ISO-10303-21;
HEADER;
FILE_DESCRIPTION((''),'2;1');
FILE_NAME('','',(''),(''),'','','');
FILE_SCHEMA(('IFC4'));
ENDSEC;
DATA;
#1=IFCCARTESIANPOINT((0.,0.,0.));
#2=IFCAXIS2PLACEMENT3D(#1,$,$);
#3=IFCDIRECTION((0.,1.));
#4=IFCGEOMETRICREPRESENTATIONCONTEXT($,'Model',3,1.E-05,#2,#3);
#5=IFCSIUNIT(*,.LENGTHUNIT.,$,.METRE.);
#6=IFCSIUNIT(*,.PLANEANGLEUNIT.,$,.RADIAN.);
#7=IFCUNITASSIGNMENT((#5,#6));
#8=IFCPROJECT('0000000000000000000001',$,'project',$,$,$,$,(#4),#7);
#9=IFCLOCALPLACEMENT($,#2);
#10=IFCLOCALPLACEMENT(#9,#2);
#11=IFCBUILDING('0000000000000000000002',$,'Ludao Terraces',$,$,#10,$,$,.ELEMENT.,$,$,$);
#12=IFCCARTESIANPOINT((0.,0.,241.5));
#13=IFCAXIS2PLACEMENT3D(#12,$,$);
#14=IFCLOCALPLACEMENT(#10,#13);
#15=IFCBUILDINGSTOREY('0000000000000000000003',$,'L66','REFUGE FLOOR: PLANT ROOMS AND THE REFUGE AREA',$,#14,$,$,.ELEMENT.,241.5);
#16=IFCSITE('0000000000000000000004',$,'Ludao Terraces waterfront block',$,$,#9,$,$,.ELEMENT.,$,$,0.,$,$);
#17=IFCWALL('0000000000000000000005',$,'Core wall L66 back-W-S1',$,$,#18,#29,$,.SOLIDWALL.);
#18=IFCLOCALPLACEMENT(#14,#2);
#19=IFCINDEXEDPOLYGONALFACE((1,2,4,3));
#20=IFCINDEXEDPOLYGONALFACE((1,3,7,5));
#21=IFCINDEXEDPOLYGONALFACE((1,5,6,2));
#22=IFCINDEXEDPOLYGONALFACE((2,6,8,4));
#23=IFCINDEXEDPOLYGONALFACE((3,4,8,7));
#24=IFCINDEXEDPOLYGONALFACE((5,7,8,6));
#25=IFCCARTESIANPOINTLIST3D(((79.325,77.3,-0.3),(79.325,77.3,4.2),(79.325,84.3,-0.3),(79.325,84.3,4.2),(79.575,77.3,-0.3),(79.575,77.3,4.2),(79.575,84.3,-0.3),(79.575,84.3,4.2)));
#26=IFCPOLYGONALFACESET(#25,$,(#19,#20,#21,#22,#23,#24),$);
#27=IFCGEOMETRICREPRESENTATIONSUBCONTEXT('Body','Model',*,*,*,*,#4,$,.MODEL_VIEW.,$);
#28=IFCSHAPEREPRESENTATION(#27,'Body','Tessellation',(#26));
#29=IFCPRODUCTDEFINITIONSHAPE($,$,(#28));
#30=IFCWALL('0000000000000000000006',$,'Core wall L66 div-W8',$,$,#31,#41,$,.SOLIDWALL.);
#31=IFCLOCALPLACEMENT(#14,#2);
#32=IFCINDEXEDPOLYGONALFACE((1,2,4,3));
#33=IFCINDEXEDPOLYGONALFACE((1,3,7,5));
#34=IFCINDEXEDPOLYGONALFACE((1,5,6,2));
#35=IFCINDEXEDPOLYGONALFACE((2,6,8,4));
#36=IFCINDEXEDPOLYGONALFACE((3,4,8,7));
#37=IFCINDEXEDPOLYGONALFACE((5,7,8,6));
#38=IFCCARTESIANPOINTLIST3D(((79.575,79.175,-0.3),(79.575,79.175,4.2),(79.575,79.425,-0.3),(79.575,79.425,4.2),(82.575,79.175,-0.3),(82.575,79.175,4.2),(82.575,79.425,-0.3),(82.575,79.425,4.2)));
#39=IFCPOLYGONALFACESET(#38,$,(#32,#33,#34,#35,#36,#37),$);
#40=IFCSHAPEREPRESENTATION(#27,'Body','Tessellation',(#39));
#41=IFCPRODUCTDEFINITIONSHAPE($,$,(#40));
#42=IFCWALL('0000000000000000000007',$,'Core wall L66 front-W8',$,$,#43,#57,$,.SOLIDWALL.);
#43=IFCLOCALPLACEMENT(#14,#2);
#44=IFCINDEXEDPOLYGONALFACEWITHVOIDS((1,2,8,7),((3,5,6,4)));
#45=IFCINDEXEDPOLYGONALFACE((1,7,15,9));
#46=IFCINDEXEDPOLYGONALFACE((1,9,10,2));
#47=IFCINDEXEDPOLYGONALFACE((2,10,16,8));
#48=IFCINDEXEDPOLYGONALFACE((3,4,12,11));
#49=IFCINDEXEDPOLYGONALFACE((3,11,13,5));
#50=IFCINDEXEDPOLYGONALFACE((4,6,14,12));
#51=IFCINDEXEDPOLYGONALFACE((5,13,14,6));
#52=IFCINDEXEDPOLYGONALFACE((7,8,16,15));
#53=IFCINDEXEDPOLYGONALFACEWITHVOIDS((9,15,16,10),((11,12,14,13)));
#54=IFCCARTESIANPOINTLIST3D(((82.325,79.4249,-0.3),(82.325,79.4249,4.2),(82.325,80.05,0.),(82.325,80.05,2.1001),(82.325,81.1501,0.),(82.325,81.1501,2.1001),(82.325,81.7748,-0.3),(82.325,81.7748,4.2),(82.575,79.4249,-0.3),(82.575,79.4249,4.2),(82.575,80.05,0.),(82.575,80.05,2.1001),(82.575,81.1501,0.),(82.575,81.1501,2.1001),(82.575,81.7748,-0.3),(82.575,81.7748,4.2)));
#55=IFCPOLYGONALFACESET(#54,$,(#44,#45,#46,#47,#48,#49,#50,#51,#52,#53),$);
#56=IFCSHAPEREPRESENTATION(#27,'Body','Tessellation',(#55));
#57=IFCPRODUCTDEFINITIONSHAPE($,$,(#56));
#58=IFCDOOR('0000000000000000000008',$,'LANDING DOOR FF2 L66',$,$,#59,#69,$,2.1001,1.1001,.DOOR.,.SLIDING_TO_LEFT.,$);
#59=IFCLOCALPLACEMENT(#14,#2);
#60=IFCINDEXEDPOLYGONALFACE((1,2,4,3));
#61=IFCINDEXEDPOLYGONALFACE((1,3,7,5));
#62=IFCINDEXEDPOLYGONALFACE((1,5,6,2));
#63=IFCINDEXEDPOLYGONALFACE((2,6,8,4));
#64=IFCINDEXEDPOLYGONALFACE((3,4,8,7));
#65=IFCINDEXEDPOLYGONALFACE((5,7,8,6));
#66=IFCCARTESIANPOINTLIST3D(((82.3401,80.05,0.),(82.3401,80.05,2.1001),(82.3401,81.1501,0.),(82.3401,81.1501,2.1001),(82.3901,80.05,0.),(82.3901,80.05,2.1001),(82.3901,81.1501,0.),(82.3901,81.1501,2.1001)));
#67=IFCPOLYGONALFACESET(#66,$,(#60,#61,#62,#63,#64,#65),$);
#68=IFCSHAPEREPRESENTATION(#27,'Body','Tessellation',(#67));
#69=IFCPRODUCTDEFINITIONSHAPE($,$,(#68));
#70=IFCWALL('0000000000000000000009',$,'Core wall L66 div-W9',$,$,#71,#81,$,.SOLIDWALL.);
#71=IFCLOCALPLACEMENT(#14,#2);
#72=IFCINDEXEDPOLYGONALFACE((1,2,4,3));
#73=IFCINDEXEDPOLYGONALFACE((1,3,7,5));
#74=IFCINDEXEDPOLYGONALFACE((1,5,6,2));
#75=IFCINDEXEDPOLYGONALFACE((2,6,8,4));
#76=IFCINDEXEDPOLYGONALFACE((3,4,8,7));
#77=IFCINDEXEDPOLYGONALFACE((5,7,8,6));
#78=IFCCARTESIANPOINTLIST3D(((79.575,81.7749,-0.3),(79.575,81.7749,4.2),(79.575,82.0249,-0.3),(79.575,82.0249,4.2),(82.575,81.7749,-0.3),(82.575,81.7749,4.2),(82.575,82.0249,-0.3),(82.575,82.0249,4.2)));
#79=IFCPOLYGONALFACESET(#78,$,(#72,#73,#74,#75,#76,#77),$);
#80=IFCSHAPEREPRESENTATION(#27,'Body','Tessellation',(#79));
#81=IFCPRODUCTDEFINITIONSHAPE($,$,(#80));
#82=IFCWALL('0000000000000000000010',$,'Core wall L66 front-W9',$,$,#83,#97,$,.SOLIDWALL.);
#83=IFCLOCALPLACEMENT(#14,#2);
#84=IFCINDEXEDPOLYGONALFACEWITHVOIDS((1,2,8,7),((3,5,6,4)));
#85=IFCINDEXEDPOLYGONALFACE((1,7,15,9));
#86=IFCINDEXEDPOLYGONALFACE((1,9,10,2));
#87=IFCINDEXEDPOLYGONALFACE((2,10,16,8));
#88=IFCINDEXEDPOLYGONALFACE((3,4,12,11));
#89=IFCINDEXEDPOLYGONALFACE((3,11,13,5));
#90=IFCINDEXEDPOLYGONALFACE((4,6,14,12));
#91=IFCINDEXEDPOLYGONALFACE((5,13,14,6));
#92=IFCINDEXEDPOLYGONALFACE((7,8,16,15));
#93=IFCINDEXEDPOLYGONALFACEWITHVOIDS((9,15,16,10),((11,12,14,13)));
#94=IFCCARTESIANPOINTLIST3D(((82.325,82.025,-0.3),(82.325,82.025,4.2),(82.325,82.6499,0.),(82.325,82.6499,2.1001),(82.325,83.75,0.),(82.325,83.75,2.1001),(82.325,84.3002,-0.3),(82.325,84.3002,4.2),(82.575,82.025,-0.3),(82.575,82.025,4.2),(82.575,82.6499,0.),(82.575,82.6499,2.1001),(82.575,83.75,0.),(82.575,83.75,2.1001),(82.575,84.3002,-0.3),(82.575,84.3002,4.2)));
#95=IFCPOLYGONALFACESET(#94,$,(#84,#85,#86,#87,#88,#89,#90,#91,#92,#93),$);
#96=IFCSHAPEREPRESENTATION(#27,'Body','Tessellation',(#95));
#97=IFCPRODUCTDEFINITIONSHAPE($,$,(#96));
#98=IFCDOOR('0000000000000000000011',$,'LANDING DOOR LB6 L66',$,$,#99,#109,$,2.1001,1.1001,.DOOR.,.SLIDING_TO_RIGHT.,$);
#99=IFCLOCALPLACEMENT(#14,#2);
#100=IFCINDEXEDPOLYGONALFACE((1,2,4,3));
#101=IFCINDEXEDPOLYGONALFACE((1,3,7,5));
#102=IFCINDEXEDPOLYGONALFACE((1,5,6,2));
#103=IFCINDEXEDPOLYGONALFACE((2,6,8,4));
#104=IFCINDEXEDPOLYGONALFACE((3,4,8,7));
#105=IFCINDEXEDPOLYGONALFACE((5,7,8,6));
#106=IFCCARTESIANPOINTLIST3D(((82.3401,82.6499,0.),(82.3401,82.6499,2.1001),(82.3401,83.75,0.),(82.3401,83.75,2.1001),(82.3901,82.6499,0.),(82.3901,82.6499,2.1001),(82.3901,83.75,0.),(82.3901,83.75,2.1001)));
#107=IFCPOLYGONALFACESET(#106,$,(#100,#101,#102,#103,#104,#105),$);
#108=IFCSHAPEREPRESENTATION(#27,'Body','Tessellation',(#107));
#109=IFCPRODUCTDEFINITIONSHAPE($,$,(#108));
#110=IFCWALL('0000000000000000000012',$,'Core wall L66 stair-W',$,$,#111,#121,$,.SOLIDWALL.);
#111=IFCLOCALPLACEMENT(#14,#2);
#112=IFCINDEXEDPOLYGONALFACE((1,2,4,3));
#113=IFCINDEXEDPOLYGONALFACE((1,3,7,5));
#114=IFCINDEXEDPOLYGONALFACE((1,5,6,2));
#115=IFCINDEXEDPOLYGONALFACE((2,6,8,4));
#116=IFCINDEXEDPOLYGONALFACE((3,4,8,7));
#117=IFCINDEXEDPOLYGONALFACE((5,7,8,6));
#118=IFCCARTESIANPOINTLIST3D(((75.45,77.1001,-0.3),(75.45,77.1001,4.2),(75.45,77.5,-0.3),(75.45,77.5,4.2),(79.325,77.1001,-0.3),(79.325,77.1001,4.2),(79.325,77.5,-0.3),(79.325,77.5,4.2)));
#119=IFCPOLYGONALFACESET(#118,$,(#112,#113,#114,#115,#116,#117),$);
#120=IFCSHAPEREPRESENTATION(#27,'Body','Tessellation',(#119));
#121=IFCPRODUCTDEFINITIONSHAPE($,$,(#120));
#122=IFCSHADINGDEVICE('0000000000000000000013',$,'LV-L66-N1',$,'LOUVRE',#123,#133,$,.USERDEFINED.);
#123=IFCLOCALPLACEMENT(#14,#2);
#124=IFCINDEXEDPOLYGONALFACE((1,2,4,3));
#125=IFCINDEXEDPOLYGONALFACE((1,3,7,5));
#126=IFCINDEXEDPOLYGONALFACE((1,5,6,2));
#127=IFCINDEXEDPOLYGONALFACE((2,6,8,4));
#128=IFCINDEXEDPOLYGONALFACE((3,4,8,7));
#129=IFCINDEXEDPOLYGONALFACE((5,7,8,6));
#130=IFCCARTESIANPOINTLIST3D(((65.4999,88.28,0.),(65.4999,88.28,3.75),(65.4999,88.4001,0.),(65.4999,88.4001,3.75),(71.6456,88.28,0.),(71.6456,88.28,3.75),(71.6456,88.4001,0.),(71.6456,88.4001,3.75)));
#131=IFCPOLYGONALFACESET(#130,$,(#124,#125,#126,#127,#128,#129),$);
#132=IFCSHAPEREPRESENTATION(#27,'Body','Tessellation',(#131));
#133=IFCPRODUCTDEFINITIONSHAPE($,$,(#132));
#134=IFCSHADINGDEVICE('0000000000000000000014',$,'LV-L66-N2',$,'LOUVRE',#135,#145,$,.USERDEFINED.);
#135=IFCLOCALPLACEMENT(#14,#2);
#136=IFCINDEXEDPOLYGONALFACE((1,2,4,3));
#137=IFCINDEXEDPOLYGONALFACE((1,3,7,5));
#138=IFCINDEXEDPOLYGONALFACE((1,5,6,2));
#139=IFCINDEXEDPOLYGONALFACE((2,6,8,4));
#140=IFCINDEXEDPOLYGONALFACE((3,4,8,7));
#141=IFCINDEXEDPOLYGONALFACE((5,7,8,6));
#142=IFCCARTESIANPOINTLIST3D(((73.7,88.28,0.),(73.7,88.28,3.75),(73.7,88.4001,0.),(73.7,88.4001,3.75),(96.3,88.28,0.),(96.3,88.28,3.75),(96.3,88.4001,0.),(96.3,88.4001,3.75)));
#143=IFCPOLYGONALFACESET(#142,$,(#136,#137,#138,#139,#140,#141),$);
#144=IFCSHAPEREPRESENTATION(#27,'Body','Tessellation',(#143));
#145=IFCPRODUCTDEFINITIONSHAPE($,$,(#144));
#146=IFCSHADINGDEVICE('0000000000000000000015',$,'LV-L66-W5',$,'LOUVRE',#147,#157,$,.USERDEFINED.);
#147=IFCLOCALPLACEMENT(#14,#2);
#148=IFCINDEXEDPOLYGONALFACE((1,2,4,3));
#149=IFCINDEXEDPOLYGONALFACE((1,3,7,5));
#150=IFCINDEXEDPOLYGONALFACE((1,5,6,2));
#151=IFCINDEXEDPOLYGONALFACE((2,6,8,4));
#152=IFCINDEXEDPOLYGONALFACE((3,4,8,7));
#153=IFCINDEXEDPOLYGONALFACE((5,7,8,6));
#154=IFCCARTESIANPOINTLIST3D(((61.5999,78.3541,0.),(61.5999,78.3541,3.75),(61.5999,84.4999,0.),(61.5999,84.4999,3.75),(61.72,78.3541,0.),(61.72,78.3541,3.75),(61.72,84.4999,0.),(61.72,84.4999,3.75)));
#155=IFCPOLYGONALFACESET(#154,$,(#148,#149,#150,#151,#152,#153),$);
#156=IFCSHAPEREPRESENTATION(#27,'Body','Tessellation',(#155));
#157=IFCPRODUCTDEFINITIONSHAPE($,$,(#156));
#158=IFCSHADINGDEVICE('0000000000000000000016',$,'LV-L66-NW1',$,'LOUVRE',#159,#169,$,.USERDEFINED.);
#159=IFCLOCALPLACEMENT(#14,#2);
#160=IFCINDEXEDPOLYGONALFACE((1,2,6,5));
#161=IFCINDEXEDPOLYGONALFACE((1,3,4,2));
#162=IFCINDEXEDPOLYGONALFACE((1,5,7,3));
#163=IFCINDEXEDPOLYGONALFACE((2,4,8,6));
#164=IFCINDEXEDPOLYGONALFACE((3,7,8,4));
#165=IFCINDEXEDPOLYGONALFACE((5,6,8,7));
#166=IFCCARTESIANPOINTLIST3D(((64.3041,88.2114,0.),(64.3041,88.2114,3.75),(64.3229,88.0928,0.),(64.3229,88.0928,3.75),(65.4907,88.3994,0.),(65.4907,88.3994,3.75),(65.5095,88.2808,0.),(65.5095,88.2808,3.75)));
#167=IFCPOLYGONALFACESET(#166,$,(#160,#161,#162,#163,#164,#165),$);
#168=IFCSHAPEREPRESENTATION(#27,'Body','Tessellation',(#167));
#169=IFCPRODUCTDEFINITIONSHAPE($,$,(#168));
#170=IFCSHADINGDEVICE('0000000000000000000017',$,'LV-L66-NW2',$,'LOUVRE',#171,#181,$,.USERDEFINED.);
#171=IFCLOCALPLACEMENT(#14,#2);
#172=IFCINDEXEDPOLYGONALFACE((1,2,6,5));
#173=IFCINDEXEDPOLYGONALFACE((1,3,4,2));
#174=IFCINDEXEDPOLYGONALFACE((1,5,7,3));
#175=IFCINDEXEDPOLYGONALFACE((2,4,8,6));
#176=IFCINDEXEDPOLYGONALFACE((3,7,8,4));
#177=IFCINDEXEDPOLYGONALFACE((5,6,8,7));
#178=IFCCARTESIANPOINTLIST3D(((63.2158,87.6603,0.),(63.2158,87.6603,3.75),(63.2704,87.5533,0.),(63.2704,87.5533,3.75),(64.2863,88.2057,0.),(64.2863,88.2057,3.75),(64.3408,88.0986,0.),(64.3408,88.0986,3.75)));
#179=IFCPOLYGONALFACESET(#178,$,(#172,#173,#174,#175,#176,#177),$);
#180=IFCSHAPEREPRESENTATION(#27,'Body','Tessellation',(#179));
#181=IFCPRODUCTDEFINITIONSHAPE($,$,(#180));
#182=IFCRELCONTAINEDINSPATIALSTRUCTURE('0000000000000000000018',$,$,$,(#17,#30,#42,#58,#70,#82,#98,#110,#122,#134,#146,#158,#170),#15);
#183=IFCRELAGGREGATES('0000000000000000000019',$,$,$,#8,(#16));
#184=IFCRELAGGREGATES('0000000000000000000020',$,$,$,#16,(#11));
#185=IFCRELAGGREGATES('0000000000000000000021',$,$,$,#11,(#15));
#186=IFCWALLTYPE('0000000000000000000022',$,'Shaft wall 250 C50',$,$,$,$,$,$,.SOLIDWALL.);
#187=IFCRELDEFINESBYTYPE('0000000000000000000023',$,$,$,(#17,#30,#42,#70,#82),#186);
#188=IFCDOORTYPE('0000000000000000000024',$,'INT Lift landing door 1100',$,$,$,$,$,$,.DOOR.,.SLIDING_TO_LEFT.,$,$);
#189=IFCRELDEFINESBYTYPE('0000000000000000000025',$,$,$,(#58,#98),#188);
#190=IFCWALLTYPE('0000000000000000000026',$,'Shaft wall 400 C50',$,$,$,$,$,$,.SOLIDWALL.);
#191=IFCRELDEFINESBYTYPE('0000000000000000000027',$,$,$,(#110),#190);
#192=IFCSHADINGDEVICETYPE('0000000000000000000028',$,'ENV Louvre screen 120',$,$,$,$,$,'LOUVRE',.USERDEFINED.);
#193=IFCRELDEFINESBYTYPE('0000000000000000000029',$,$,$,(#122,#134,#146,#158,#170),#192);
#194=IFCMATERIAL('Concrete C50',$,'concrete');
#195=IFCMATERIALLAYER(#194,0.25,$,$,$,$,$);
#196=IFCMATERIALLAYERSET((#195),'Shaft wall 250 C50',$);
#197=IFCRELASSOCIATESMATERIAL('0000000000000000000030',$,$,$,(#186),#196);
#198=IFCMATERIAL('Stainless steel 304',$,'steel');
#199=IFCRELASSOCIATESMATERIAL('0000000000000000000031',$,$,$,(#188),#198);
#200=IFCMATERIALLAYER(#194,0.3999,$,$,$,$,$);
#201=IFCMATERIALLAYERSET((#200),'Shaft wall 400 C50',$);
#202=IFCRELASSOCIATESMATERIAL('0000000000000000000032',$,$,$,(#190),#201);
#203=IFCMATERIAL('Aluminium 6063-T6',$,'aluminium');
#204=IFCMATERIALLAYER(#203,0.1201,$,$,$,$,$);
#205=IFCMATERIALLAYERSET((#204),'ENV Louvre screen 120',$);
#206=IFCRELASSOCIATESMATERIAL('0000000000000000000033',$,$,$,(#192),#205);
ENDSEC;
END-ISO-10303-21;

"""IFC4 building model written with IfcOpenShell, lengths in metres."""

from ifc_helpers import new_model, si_unit, direction, frame, frame_2d, origin, place, context, subcontext, project, spatial, rectangle, extrude, material, layer, layer_set, type_object, element, fill, save


model = new_model("IFC4")

# Units and contexts
model_context = context("Model", 3, precision=1e-05, world=origin(), true_north=direction((0.0, 1.0)))
body_context = subcontext(model_context, "Body", "Model", "MODEL_VIEW")
ifc_project = project(units=[si_unit("LENGTHUNIT", "METRE"), si_unit("PLANEANGLEUNIT", "RADIAN")], contexts=[model_context])

# Site, building, storey
site_placement = place(None, origin())
site = spatial("IfcSite", under=ifc_project, at=site_placement, Name="Ludao Terraces waterfront block", CompositionType="ELEMENT", RefElevation=0.0)
building_placement = place(site_placement, origin())
building = spatial("IfcBuilding", under=site, at=building_placement, Name="Ludao Terraces", CompositionType="ELEMENT")
storey_placement = place(building_placement, frame((0.0, 0.0, 241.5)))
storey = spatial("IfcBuildingStorey", under=building, at=storey_placement, Name="L66", Description="REFUGE FLOOR: PLANT ROOMS AND THE REFUGE AREA", CompositionType="ELEMENT", Elevation=241.5)

# Shared definitions
ifc_material_1 = material(Name="Concrete C50", Category="concrete")

# Walls
ifc_layer_1 = layer(ifc_material_1, 0.25)
ifc_layer_set_1 = layer_set([ifc_layer_1], Name="Shaft wall 250 C50")
wall_type_1 = type_object("IfcWallType", Name="Shaft wall 250 C50", PredefinedType="SOLIDWALL", material=ifc_layer_set_1)
wall_1_placement = place(storey_placement, frame((79.45, 77.3, -0.3), z_axis=(0.0, 0.0, 1.0), x_axis=(0.0, 1.0, 0.0)))
element("IfcWall", 1, at=wall_1_placement, inside=storey, type_object=wall_type_1, Name="Core wall L66 back-W-S1", PredefinedType="SOLIDWALL", context=body_context, shape_type="SweptSolid", body=[
    extrude(rectangle(XDim=7.0, YDim=0.25, at=frame_2d((3.5, 0.0))), origin(), (0.0, 0.0, 1.0), 4.5),
])
wall_2_placement = place(storey_placement, frame((79.575, 79.3, -0.3), z_axis=(0.0, 0.0, 1.0), x_axis=(1.0, 0.0, 0.0)))
element("IfcWall", 2, at=wall_2_placement, inside=storey, type_object=wall_type_1, Name="Core wall L66 div-W8", PredefinedType="SOLIDWALL", context=body_context, shape_type="SweptSolid", body=[
    extrude(rectangle(XDim=3.0, YDim=0.25, at=frame_2d((1.5, 0.0))), origin(), (0.0, 0.0, 1.0), 4.5),
])

# Wall, opening, door
wall_3_placement = place(storey_placement, frame((82.45, 79.425, -0.3), z_axis=(0.0, 0.0, 1.0), x_axis=(0.0, 1.0, 0.0)))
wall_3 = element("IfcWall", 3, at=wall_3_placement, inside=storey, type_object=wall_type_1, Name="Core wall L66 front-W8", PredefinedType="SOLIDWALL", context=body_context, shape_type="SweptSolid", body=[
    extrude(rectangle(XDim=2.3499, YDim=0.25, at=frame_2d((1.1748, 0.0))), origin(), (0.0, 0.0, 1.0), 4.5),
])
opening_1_placement = place(wall_3_placement, frame((0.625, 0.0, 0.3)))
opening_1 = element("IfcOpeningElement", 4, at=opening_1_placement, cuts=wall_3, PredefinedType="OPENING", context=body_context, shape_type="SweptSolid", body=[
    extrude(rectangle(XDim=1.1001, YDim=2.1001, at=frame_2d((0.55, 1.05))), frame((0.0, 0.135, 0.0), z_axis=(0.0, -1.0, 0.0), x_axis=(1.0, 0.0, 0.0)), (0.0, 0.0, 1.0), 0.27),
])
ifc_material_2 = material(Name="Stainless steel 304", Category="steel")
door_type_1 = type_object("IfcDoorType", Name="INT Lift landing door 1100", OperationType="SLIDING_TO_LEFT", PredefinedType="DOOR", material=ifc_material_2)
door_1_placement = place(opening_1_placement, origin())
door_1 = element("IfcDoor", 5, at=door_1_placement, inside=storey, type_object=door_type_1, Name="LANDING DOOR FF2 L66", OperationType="SLIDING_TO_LEFT", OverallHeight=2.1001, OverallWidth=1.1001, PredefinedType="DOOR", context=body_context, shape_type="SweptSolid", body=[
    extrude(rectangle(XDim=1.1001, YDim=2.1001, at=frame_2d((0.55, 1.05))), frame((0.0, 0.1099, 0.0), z_axis=(0.0, -1.0, 0.0), x_axis=(1.0, 0.0, 0.0)), (0.0, 0.0, 1.0), 0.05),
])
fill(opening_1, door_1)

# Wall
wall_4_placement = place(storey_placement, frame((79.575, 81.8999, -0.3), z_axis=(0.0, 0.0, 1.0), x_axis=(1.0, 0.0, 0.0)))
element("IfcWall", 6, at=wall_4_placement, inside=storey, type_object=wall_type_1, Name="Core wall L66 div-W9", PredefinedType="SOLIDWALL", context=body_context, shape_type="SweptSolid", body=[
    extrude(rectangle(XDim=3.0, YDim=0.25, at=frame_2d((1.5, 0.0))), origin(), (0.0, 0.0, 1.0), 4.5),
])

# Wall, opening, door
wall_5_placement = place(storey_placement, frame((82.45, 82.0249, -0.3), z_axis=(0.0, 0.0, 1.0), x_axis=(0.0, 1.0, 0.0)))
wall_5 = element("IfcWall", 7, at=wall_5_placement, inside=storey, type_object=wall_type_1, Name="Core wall L66 front-W9", PredefinedType="SOLIDWALL", context=body_context, shape_type="SweptSolid", body=[
    extrude(rectangle(XDim=2.2751, YDim=0.25, at=frame_2d((1.1377, 0.0))), origin(), (0.0, 0.0, 1.0), 4.5),
])
opening_2_placement = place(wall_5_placement, frame((0.625, 0.0, 0.3)))
opening_2 = element("IfcOpeningElement", 8, at=opening_2_placement, cuts=wall_5, PredefinedType="OPENING", context=body_context, shape_type="SweptSolid", body=[
    extrude(rectangle(XDim=1.1001, YDim=2.1001, at=frame_2d((0.55, 1.05))), frame((0.0, 0.135, 0.0), z_axis=(0.0, -1.0, 0.0), x_axis=(1.0, 0.0, 0.0)), (0.0, 0.0, 1.0), 0.27),
])
door_2_placement = place(opening_2_placement, origin())
door_2 = element("IfcDoor", 9, at=door_2_placement, inside=storey, type_object=door_type_1, Name="LANDING DOOR LB6 L66", OperationType="SLIDING_TO_RIGHT", OverallHeight=2.1001, OverallWidth=1.1001, PredefinedType="DOOR", context=body_context, shape_type="SweptSolid", body=[
    extrude(rectangle(XDim=1.1001, YDim=2.1001, at=frame_2d((0.55, 1.05))), frame((0.0, 0.1099, 0.0), z_axis=(0.0, -1.0, 0.0), x_axis=(1.0, 0.0, 0.0)), (0.0, 0.0, 1.0), 0.05),
])
fill(opening_2, door_2)

# Wall
ifc_layer_2 = layer(ifc_material_1, 0.3999)
ifc_layer_set_2 = layer_set([ifc_layer_2], Name="Shaft wall 400 C50")
wall_type_2 = type_object("IfcWallType", Name="Shaft wall 400 C50", PredefinedType="SOLIDWALL", material=ifc_layer_set_2)
wall_6_placement = place(storey_placement, frame((75.45, 77.3, -0.3), z_axis=(0.0, 0.0, 1.0), x_axis=(1.0, 0.0, 0.0)))
element("IfcWall", 10, at=wall_6_placement, inside=storey, type_object=wall_type_2, Name="Core wall L66 stair-W", PredefinedType="SOLIDWALL", context=body_context, shape_type="SweptSolid", body=[
    extrude(rectangle(XDim=3.875, YDim=0.3999, at=frame_2d((1.9375, 0.0))), origin(), (0.0, 0.0, 1.0), 4.5),
])

# Shading devices
ifc_material_3 = material(Name="Aluminium 6063-T6", Category="aluminium")
ifc_layer_3 = layer(ifc_material_3, 0.1201)
ifc_layer_set_3 = layer_set([ifc_layer_3], Name="ENV Louvre screen 120")
shading_device_type = type_object("IfcShadingDeviceType", Name="ENV Louvre screen 120", ElementType="LOUVRE", PredefinedType="USERDEFINED", material=ifc_layer_set_3)
shading_device_1_placement = place(storey_placement, frame((65.5, 88.3401, 0.0), z_axis=(0.0, 0.0, 1.0), x_axis=(1.0, 0.0, 0.0)))
element("IfcShadingDevice", 11, at=shading_device_1_placement, inside=storey, type_object=shading_device_type, Name="LV-L66-N1", ObjectType="LOUVRE", PredefinedType="USERDEFINED", context=body_context, shape_type="SweptSolid", body=[
    extrude(rectangle(XDim=6.1458, YDim=0.1201, at=frame_2d((3.0728, 0.0))), origin(), (0.0, 0.0, 1.0), 3.75),
])
shading_device_2_placement = place(storey_placement, frame((73.7, 88.3401, 0.0), z_axis=(0.0, 0.0, 1.0), x_axis=(1.0, 0.0, 0.0)))
element("IfcShadingDevice", 12, at=shading_device_2_placement, inside=storey, type_object=shading_device_type, Name="LV-L66-N2", ObjectType="LOUVRE", PredefinedType="USERDEFINED", context=body_context, shape_type="SweptSolid", body=[
    extrude(rectangle(XDim=22.6001, YDim=0.1201, at=frame_2d((11.3, 0.0))), origin(), (0.0, 0.0, 1.0), 3.75),
])
shading_device_3_placement = place(storey_placement, frame((61.6599, 78.3542, 0.0), z_axis=(0.0, 0.0, 1.0), x_axis=(0.0, 1.0, 0.0)))
element("IfcShadingDevice", 13, at=shading_device_3_placement, inside=storey, type_object=shading_device_type, Name="LV-L66-W5", ObjectType="LOUVRE", PredefinedType="USERDEFINED", context=body_context, shape_type="SweptSolid", body=[
    extrude(rectangle(XDim=6.1458, YDim=0.1201, at=frame_2d((3.0728, 0.0))), origin(), (0.0, 0.0, 1.0), 3.75),
])
for number, where, z_axis, x_axis, name in (
    (14, (65.5, 88.3401, 0.0), (0.0, 0.0, 1.0), (-0.98768, -0.156484, 0.0), "LV-L66-NW1"),
    (15, (64.3135, 88.1521, 0.0), (0.0, 0.0, 1.0), (-0.891029, -0.453947, 0.0), "LV-L66-NW2"),
):
    element("IfcShadingDevice", number, at=place(storey_placement, frame(where, z_axis=z_axis, x_axis=x_axis)), inside=storey, type_object=shading_device_type, Name=name, ObjectType="LOUVRE", PredefinedType="USERDEFINED", context=body_context, shape_type="SweptSolid", body=[
        extrude(rectangle(XDim=1.2014, YDim=0.1201, at=frame_2d((0.6006, 0.0))), origin(), (0.0, 0.0, 1.0), 3.75),
    ])

save(model, "model.ifc")
